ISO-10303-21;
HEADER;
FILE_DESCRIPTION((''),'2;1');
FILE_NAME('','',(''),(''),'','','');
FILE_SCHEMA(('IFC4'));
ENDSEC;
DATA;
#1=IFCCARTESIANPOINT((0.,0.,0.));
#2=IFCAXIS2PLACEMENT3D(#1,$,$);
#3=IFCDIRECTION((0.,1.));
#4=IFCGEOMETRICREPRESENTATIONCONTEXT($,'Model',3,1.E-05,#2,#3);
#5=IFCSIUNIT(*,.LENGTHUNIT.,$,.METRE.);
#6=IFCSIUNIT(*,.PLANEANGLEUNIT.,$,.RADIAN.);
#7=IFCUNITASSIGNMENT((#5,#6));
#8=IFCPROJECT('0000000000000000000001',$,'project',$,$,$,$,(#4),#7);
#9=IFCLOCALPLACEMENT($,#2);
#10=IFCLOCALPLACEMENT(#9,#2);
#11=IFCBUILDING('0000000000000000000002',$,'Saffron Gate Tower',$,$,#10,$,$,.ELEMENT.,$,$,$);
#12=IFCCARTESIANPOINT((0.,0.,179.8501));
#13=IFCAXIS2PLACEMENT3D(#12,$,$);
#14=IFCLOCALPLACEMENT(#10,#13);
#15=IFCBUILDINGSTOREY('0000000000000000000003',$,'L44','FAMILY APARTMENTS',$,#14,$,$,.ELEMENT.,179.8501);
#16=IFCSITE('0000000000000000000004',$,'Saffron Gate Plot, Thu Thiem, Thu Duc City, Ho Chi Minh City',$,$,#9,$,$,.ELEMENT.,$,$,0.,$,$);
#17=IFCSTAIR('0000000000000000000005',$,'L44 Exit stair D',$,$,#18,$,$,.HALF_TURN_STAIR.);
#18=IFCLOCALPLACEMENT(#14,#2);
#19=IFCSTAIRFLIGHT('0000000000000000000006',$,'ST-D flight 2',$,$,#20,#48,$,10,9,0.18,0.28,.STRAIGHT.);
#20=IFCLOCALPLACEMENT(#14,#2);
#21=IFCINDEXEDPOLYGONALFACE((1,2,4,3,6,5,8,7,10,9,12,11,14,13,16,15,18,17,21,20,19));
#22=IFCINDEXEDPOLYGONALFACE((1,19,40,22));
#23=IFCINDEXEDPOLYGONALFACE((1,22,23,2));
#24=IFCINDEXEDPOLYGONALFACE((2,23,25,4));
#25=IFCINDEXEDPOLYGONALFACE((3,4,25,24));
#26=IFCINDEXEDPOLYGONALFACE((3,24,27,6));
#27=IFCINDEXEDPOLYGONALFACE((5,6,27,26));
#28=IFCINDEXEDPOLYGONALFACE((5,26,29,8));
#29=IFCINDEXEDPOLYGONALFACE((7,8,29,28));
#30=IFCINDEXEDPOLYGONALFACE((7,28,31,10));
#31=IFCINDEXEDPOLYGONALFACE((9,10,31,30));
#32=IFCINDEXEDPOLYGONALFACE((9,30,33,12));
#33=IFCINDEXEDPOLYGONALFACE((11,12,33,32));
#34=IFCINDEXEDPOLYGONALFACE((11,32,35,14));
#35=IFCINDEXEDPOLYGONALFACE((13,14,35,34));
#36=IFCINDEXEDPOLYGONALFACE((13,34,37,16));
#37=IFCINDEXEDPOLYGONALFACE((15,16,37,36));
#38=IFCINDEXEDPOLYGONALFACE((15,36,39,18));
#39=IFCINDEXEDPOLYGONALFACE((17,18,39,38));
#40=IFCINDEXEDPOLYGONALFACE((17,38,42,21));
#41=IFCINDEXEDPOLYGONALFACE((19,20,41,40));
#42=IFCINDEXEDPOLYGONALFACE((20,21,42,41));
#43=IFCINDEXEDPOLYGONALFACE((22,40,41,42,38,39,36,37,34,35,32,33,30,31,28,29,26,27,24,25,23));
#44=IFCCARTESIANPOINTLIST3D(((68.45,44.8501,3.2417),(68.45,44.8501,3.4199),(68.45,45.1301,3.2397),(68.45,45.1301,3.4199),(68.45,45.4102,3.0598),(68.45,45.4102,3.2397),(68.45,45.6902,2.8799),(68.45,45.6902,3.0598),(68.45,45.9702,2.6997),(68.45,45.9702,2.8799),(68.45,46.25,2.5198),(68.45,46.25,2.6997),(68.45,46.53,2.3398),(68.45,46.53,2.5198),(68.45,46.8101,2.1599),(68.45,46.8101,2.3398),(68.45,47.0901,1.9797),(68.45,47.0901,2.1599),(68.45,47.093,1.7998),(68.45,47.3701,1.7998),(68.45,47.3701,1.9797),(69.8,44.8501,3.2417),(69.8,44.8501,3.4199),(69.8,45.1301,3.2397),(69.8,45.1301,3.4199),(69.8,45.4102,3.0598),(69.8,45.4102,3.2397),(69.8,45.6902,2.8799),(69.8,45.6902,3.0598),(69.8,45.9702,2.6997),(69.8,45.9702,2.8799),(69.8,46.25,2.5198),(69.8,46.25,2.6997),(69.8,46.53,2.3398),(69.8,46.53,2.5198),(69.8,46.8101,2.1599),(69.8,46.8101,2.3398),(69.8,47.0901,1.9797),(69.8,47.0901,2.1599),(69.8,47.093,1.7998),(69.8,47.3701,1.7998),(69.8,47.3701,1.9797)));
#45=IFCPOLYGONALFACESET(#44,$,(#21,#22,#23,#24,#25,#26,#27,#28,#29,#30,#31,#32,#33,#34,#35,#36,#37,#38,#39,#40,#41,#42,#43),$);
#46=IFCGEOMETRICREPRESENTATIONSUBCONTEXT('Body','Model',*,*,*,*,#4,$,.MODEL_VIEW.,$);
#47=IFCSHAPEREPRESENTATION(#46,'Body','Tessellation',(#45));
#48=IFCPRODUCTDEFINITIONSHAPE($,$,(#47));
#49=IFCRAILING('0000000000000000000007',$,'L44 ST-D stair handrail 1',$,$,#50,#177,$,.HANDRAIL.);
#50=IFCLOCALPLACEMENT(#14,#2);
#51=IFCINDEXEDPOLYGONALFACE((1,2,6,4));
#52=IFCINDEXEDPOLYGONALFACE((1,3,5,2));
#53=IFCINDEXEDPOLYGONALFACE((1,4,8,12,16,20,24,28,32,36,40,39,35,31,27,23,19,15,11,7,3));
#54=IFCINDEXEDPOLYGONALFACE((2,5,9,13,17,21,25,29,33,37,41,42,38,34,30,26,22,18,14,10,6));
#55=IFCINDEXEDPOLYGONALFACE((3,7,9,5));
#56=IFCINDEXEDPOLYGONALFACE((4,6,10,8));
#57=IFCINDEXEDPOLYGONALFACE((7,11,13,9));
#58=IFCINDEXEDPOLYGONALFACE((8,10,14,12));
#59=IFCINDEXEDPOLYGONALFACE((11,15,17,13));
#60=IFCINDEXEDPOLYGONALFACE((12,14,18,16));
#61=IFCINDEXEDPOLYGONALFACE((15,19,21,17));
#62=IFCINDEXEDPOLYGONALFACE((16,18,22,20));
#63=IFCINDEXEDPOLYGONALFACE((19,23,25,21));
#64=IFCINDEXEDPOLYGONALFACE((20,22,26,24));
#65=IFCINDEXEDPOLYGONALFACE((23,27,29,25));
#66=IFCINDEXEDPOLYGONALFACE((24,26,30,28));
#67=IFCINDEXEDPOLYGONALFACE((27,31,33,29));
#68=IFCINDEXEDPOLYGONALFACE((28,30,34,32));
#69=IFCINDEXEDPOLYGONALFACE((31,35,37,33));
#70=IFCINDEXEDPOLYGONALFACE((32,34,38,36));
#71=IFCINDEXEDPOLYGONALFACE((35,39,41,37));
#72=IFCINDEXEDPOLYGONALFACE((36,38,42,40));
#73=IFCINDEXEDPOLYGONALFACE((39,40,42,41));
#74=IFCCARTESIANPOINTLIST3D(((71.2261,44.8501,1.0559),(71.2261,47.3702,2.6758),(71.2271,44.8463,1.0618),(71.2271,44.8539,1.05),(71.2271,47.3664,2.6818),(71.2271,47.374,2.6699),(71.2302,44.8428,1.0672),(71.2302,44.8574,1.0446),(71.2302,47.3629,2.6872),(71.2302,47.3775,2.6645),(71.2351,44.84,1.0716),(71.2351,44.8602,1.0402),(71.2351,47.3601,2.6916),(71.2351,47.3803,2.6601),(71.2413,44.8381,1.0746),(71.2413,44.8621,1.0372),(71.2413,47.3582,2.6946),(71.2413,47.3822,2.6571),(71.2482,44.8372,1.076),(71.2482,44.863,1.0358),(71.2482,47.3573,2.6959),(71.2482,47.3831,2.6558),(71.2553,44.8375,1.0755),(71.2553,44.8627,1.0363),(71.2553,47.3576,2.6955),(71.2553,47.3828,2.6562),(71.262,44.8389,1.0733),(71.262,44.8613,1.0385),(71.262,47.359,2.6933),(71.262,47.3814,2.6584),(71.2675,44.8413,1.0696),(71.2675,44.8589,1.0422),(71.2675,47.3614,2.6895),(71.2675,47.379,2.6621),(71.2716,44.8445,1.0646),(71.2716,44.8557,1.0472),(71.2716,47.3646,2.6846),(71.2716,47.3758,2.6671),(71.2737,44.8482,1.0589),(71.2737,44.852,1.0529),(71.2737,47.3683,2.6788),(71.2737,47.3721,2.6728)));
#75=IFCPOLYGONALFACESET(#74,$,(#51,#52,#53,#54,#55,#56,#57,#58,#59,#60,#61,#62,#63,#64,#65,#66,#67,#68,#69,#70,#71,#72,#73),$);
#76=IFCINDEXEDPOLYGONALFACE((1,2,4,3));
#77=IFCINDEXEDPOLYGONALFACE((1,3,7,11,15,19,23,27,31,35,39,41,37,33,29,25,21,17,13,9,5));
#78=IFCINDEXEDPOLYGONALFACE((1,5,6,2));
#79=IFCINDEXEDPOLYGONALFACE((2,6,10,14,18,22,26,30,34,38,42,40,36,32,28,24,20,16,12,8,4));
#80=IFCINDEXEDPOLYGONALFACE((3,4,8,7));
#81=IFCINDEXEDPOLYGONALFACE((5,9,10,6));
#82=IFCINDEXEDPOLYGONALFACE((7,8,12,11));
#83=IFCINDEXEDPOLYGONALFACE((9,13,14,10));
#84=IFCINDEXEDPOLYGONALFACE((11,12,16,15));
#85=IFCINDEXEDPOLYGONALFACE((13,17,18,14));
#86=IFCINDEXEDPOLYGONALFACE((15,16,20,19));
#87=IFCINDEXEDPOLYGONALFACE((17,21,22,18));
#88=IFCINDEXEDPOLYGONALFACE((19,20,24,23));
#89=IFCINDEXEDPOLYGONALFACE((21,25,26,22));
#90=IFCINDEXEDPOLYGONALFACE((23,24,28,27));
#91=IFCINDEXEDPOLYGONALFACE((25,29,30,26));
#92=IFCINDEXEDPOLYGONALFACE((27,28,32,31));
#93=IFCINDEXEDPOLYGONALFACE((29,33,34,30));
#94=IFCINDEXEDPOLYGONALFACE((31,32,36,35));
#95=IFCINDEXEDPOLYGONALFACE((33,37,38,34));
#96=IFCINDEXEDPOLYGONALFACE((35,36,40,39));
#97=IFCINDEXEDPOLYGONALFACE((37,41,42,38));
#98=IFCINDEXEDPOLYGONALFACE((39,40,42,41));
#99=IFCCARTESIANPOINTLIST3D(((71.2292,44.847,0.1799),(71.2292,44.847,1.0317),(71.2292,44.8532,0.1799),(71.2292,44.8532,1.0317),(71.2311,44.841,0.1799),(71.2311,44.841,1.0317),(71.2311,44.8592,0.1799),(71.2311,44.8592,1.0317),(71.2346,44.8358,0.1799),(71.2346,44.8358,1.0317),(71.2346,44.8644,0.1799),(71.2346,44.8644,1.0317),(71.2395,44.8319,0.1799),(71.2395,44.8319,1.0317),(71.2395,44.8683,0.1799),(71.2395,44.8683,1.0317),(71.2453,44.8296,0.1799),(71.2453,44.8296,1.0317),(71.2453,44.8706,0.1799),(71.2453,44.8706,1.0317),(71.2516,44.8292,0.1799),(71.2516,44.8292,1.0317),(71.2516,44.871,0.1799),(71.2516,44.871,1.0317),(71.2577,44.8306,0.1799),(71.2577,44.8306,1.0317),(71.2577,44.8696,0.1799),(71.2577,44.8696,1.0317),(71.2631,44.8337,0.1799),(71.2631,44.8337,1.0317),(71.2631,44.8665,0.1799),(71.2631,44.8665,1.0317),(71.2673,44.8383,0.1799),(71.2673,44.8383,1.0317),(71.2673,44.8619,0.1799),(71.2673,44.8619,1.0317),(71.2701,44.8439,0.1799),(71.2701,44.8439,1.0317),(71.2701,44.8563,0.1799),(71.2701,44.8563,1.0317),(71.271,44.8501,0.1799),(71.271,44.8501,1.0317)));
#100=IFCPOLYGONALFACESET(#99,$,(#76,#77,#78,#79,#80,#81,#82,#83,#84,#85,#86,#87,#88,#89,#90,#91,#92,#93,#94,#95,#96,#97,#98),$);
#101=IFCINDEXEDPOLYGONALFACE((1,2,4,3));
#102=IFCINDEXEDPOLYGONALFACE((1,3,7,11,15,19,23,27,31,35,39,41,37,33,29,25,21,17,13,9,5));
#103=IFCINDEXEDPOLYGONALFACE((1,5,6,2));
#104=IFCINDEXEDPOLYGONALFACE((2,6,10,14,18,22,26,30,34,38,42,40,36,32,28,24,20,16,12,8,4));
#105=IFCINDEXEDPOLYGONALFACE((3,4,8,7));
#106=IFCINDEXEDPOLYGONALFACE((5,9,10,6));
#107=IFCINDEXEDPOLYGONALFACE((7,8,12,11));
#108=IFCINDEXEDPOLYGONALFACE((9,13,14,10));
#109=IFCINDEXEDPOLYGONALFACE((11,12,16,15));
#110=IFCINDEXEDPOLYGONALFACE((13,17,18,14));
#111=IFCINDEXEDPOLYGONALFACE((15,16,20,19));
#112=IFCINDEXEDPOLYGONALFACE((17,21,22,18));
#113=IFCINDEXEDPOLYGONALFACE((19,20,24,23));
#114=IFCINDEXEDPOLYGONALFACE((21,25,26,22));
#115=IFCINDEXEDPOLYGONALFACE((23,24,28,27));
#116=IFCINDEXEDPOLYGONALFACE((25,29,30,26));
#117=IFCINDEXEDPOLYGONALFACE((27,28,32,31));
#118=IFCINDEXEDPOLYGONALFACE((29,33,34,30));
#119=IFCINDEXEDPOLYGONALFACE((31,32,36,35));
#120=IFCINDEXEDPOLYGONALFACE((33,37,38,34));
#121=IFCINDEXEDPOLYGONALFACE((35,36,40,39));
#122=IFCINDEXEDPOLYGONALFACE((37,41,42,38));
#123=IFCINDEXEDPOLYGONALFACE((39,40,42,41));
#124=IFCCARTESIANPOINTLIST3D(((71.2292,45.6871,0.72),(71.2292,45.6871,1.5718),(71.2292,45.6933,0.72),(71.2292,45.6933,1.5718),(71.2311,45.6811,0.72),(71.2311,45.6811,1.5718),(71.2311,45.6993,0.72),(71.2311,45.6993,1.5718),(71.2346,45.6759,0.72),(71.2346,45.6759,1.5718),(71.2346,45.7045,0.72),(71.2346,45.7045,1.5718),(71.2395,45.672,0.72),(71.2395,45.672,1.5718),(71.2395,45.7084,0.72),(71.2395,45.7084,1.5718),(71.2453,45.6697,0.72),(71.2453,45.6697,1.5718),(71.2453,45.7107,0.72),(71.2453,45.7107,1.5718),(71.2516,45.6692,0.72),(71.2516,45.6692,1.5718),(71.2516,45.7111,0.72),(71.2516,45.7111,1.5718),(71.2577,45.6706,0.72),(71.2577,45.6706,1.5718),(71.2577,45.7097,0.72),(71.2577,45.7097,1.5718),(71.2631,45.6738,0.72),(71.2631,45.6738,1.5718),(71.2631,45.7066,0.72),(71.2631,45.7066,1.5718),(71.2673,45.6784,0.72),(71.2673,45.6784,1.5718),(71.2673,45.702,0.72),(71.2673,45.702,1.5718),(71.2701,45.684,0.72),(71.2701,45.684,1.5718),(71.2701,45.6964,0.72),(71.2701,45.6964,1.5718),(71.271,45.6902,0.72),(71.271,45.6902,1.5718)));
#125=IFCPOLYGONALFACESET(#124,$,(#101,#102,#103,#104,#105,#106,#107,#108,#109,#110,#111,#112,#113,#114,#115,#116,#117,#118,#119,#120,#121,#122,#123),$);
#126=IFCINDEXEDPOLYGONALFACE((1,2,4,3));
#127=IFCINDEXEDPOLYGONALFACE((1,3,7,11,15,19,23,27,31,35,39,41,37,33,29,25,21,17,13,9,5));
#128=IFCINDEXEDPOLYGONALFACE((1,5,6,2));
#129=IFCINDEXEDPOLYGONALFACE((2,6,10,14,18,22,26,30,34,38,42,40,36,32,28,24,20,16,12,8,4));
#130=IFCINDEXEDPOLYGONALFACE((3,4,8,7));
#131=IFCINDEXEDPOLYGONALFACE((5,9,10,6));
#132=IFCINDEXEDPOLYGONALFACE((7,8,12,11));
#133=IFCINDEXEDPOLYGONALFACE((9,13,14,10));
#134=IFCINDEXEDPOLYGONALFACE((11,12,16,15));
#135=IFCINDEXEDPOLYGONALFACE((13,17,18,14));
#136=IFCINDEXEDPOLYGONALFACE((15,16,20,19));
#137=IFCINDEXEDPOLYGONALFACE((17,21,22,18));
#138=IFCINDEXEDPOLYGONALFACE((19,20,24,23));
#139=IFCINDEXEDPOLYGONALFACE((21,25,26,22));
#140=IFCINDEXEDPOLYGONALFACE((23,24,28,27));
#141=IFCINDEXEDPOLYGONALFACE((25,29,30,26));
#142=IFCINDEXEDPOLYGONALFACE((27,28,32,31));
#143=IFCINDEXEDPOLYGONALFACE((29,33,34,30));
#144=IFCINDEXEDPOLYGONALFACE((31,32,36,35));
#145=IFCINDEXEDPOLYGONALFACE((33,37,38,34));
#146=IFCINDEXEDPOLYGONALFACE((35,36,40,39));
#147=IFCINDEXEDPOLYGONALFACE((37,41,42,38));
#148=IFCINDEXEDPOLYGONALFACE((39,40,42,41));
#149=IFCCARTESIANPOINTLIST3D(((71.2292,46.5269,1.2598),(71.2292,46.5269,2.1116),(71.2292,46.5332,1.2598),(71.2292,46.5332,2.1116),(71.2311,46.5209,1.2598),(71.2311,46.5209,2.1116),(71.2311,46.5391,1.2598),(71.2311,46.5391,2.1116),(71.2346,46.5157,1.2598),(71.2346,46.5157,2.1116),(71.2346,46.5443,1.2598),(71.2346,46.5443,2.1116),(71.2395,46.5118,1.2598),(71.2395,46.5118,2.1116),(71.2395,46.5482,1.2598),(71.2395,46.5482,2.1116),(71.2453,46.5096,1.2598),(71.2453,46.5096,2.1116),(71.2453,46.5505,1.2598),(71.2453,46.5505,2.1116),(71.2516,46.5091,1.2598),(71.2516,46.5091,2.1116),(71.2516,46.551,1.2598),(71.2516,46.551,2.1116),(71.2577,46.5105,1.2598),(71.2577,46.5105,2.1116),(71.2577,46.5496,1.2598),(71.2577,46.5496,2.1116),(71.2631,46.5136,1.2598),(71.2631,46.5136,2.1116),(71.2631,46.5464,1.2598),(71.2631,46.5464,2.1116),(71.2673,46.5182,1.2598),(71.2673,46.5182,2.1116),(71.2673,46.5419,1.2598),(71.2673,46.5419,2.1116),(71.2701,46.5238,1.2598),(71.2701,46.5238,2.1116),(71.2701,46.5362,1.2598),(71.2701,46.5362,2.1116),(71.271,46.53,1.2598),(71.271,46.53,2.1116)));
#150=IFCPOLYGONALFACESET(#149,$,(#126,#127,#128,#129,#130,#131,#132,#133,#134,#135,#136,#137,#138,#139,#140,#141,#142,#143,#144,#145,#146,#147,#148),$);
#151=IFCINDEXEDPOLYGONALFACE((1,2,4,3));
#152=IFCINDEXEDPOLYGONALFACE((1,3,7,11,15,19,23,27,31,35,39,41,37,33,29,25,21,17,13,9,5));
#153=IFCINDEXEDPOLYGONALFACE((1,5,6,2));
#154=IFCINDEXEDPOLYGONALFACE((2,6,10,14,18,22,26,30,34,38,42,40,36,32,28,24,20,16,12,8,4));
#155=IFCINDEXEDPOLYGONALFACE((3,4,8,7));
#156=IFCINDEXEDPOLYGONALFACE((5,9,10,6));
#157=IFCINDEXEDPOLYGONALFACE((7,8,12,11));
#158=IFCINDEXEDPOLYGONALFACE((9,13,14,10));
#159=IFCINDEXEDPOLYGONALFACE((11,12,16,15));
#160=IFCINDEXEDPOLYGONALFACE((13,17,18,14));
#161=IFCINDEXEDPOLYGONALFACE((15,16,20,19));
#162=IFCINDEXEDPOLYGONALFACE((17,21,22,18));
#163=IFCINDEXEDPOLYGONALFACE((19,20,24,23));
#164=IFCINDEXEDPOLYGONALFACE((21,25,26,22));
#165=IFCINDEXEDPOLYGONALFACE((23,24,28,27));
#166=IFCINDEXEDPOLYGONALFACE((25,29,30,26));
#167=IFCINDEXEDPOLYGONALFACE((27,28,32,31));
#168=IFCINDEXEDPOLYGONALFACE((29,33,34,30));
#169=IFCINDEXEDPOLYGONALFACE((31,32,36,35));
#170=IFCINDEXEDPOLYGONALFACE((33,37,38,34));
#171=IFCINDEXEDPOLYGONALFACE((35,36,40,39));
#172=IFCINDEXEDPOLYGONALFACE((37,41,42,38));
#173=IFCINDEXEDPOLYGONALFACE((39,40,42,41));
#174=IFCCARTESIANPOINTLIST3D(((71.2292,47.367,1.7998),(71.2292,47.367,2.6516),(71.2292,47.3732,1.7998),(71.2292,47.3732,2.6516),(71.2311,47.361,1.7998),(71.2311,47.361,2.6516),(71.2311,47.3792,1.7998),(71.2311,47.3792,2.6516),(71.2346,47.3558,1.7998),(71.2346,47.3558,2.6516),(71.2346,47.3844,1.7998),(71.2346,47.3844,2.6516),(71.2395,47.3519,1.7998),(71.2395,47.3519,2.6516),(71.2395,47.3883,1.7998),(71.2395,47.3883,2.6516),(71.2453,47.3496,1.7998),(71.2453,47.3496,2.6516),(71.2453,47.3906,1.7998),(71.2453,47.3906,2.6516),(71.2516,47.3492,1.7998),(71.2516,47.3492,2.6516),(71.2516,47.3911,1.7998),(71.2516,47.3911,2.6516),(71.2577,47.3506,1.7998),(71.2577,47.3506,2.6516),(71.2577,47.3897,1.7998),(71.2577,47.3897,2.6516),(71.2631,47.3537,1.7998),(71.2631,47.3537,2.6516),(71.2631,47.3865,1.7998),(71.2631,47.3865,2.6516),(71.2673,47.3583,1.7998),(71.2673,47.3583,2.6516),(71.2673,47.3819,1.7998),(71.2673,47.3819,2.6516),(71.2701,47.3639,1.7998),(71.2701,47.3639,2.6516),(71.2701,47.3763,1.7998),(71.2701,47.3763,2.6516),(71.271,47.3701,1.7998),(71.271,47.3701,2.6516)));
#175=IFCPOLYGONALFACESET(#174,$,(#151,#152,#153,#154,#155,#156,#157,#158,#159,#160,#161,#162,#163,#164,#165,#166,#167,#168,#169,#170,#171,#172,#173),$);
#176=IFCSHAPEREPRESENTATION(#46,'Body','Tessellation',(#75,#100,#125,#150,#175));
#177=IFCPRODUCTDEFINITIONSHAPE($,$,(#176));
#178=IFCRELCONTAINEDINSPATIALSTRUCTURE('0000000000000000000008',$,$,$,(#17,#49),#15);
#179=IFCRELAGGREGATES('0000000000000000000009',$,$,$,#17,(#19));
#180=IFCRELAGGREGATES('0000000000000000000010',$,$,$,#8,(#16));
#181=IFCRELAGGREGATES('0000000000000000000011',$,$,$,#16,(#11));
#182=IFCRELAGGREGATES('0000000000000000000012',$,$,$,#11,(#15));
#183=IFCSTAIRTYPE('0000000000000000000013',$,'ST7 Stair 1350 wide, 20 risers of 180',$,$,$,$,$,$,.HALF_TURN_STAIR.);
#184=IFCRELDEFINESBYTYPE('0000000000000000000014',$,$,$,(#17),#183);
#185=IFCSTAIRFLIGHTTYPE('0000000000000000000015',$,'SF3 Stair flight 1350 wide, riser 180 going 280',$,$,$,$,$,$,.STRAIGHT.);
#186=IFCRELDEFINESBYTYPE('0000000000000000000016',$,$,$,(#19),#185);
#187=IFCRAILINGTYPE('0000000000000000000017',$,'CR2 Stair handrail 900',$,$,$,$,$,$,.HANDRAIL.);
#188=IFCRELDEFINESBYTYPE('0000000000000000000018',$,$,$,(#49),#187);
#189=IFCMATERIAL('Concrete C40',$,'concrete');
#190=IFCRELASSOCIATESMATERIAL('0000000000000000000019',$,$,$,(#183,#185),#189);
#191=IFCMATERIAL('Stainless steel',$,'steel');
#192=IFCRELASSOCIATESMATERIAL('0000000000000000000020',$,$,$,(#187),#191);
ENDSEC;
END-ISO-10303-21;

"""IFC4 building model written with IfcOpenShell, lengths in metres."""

from ifc_helpers import new_model, si_unit, direction, frame, origin, origin_2d, place, context, subcontext, project, spatial, polyline, circle, outline, extrude, material, type_object, element, aggregate, save


model = new_model("IFC4")

# Units and contexts
model_context = context("Model", 3, precision=1e-05, world=origin(), true_north=direction((0.0, 1.0)))
body_context = subcontext(model_context, "Body", "Model", "MODEL_VIEW")
ifc_project = project(units=[si_unit("LENGTHUNIT", "METRE"), si_unit("PLANEANGLEUNIT", "RADIAN")], contexts=[model_context])

# Site, building, storey
site_placement = place(None, origin())
site = spatial("IfcSite", under=ifc_project, at=site_placement, Name="Saffron Gate Plot, Thu Thiem, Thu Duc City, Ho Chi Minh City", CompositionType="ELEMENT", RefElevation=0.0)
building_placement = place(site_placement, origin())
building = spatial("IfcBuilding", under=site, at=building_placement, Name="Saffron Gate Tower", CompositionType="ELEMENT")
storey_placement = place(building_placement, frame((0.0, 0.0, 179.8501)))
storey = spatial("IfcBuildingStorey", under=building, at=storey_placement, Name="L44", Description="FAMILY APARTMENTS", CompositionType="ELEMENT", Elevation=179.8501)

# Stair, stair flight
ifc_material_1 = material(Name="Concrete C40", Category="concrete")
stair_type = type_object("IfcStairType", Name="ST7 Stair 1350 wide, 20 risers of 180", PredefinedType="HALF_TURN_STAIR", material=ifc_material_1)
stair_placement = place(storey_placement, origin())
stair = element("IfcStair", 1, at=stair_placement, inside=storey, type_object=stair_type, Name="L44 Exit stair D", PredefinedType="HALF_TURN_STAIR")
stair_flight_type = type_object("IfcStairFlightType", Name="SF3 Stair flight 1350 wide, riser 180 going 280", PredefinedType="STRAIGHT", material=ifc_material_1)
stair_flight_1_placement = place(storey_placement, frame((69.125, 47.3701, 1.7998), z_axis=(0.0, 0.0, 1.0), x_axis=(0.0, -1.0, 0.0)))
stair_flight_1 = element("IfcStairFlight", 2, at=stair_flight_1_placement, type_object=stair_flight_type, Name="ST-D flight 2", NumberOfRisers=10, NumberOfTreads=9, PredefinedType="STRAIGHT", RiserHeight=0.18, TreadLength=0.28, context=body_context, shape_type="SweptSolid", body=[
    extrude(outline(polyline([(0.0, 0.0), (0.0, 0.1799), (0.28, 0.1799), (0.28, 0.3601), (0.5601, 0.3601), (0.5601, 0.54), (0.8401, 0.54), (0.8401, 0.72), (1.1201, 0.72), (1.1201, 0.8999), (1.3999, 0.8999), (1.3999, 1.0801), (1.6799, 1.0801), (1.6799, 1.26), (1.96, 1.26), (1.96, 1.4399), (2.24, 1.4399), (2.24, 1.6201), (2.52, 1.6201), (2.52, 1.8), (2.52, 1.4419), (0.2771, 0.0), (0.0, 0.0)])), frame((0.0, 0.675, 0.0), z_axis=(0.0, -1.0, 0.0), x_axis=(1.0, 0.0, 0.0)), (0.0, 0.0, 1.0), 1.3501),
])
aggregate(stair, [stair_flight_1])

# Railing
ifc_material_2 = material(Name="Stainless steel", Category="steel")
railing_type_1 = type_object("IfcRailingType", Name="CR2 Stair handrail 900", PredefinedType="HANDRAIL", material=ifc_material_2)
railing_1_placement = place(storey_placement, frame((71.25, 44.8501, 0.1799)))
element("IfcRailing", 3, at=railing_1_placement, inside=storey, type_object=railing_type_1, Name="L44 ST-D stair handrail 1", PredefinedType="HANDRAIL", context=body_context, shape_type="SweptSolid", body=[
    extrude(circle(Radius=0.0239, at=origin_2d()), frame((0.0, 0.0, 0.876), z_axis=(0.0, 0.8412, 0.540725), x_axis=(-1.0, 0.0, 0.0)), (0.0, 0.0, 1.0), 2.9958),
    extrude(circle(Radius=0.021, at=origin_2d()), origin(), (0.0, 0.0, 1.0), 0.8518),
    extrude(circle(Radius=0.021, at=origin_2d()), frame((0.0, 0.8401, 0.54)), (0.0, 0.0, 1.0), 0.8518),
    extrude(circle(Radius=0.021, at=origin_2d()), frame((0.0, 1.6799, 1.0798)), (0.0, 0.0, 1.0), 0.8518),
    extrude(circle(Radius=0.021, at=origin_2d()), frame((0.0, 2.52, 1.6199)), (0.0, 0.0, 1.0), 0.8518),
])

save(model, "model.ifc")
